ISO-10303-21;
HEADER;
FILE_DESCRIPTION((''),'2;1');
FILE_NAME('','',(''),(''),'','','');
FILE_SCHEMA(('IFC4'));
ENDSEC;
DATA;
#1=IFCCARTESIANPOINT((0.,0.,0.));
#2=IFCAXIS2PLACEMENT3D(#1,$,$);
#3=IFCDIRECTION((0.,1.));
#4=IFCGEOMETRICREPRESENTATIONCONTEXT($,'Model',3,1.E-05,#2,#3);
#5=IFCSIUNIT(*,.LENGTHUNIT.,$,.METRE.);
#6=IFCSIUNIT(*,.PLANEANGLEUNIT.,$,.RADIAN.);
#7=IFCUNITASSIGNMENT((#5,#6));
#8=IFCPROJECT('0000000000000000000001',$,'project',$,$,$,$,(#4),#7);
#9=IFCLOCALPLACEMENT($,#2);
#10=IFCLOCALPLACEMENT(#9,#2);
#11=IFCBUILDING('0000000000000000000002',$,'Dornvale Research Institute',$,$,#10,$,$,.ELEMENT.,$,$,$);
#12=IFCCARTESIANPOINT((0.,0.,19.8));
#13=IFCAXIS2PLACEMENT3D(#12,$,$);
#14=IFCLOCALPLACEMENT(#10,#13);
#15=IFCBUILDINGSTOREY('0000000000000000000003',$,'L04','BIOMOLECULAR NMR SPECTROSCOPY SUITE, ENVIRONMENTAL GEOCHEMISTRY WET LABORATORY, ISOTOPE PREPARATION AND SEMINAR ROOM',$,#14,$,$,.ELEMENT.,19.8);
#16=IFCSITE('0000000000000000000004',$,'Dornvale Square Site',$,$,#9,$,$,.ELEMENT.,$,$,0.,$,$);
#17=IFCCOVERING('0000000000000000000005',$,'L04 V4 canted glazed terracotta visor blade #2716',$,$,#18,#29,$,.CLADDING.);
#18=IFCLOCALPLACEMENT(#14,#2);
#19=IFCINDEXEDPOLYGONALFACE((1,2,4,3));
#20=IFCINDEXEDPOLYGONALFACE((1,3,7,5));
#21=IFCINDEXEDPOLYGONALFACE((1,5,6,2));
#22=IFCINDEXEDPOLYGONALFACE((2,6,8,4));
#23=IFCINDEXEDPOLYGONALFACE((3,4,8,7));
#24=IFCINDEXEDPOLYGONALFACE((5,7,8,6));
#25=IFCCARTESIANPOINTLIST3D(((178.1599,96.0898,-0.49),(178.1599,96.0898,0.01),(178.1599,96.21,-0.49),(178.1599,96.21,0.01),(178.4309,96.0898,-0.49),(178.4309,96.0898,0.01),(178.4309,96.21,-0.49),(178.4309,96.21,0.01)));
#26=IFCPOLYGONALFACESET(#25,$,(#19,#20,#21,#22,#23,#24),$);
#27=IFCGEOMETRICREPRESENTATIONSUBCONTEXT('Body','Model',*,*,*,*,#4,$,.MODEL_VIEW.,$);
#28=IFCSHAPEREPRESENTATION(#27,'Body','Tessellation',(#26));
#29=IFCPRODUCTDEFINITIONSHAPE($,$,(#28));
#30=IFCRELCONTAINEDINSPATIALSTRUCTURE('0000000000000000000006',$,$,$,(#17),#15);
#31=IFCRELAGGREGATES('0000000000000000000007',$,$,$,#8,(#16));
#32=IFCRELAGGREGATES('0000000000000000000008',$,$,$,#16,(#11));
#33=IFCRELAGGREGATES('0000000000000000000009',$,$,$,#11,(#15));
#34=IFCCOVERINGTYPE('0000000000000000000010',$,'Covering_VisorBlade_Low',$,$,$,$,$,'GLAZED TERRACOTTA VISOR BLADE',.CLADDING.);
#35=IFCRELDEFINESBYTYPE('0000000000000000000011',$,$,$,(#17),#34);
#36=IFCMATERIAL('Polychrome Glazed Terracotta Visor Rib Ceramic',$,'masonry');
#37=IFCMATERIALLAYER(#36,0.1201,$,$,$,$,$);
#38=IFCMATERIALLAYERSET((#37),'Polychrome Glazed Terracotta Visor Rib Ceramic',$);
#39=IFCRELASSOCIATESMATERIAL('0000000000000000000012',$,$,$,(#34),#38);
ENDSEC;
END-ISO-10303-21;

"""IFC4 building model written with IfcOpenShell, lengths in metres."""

from ifc_helpers import new_model, si_unit, direction, frame, origin, origin_2d, place, context, subcontext, project, spatial, rectangle, extrude, material, layer, layer_set, type_object, element, save


model = new_model("IFC4")

# Units and contexts
model_context = context("Model", 3, precision=1e-05, world=origin(), true_north=direction((0.0, 1.0)))
body_context = subcontext(model_context, "Body", "Model", "MODEL_VIEW")
ifc_project = project(units=[si_unit("LENGTHUNIT", "METRE"), si_unit("PLANEANGLEUNIT", "RADIAN")], contexts=[model_context])

# Site, building, storey
site_placement = place(None, origin())
site = spatial("IfcSite", under=ifc_project, at=site_placement, Name="Dornvale Square Site", CompositionType="ELEMENT", RefElevation=0.0)
building_placement = place(site_placement, origin())
building = spatial("IfcBuilding", under=site, at=building_placement, Name="Dornvale Research Institute", CompositionType="ELEMENT")
storey_placement = place(building_placement, frame((0.0, 0.0, 19.8)))
storey = spatial("IfcBuildingStorey", under=building, at=storey_placement, Name="L04", Description="BIOMOLECULAR NMR SPECTROSCOPY SUITE, ENVIRONMENTAL GEOCHEMISTRY WET LABORATORY, ISOTOPE PREPARATION AND SEMINAR ROOM", CompositionType="ELEMENT", Elevation=19.8)

# Covering
ifc_material_1 = material(Name="Polychrome Glazed Terracotta Visor Rib Ceramic", Category="masonry")
ifc_layer_1 = layer(ifc_material_1, 0.1201)
ifc_layer_set_1 = layer_set([ifc_layer_1], Name="Polychrome Glazed Terracotta Visor Rib Ceramic")
covering_type = type_object("IfcCoveringType", Name="Covering_VisorBlade_Low", ElementType="GLAZED TERRACOTTA VISOR BLADE", PredefinedType="CLADDING", material=ifc_layer_set_1)
covering_1_placement = place(storey_placement, frame((178.2954, 96.1499, -0.49), z_axis=(0.0, 0.0, 1.0), x_axis=(1.0, 0.0, 0.0)))
element("IfcCovering", 1, at=covering_1_placement, inside=storey, type_object=covering_type, Name="L04 V4 canted glazed terracotta visor blade #2716", PredefinedType="CLADDING", context=body_context, shape_type="SweptSolid", body=[
    extrude(rectangle(XDim=0.271, YDim=0.1201, at=origin_2d()), origin(), (0.0, 0.0, 1.0), 0.5),
])

save(model, "model.ifc")
